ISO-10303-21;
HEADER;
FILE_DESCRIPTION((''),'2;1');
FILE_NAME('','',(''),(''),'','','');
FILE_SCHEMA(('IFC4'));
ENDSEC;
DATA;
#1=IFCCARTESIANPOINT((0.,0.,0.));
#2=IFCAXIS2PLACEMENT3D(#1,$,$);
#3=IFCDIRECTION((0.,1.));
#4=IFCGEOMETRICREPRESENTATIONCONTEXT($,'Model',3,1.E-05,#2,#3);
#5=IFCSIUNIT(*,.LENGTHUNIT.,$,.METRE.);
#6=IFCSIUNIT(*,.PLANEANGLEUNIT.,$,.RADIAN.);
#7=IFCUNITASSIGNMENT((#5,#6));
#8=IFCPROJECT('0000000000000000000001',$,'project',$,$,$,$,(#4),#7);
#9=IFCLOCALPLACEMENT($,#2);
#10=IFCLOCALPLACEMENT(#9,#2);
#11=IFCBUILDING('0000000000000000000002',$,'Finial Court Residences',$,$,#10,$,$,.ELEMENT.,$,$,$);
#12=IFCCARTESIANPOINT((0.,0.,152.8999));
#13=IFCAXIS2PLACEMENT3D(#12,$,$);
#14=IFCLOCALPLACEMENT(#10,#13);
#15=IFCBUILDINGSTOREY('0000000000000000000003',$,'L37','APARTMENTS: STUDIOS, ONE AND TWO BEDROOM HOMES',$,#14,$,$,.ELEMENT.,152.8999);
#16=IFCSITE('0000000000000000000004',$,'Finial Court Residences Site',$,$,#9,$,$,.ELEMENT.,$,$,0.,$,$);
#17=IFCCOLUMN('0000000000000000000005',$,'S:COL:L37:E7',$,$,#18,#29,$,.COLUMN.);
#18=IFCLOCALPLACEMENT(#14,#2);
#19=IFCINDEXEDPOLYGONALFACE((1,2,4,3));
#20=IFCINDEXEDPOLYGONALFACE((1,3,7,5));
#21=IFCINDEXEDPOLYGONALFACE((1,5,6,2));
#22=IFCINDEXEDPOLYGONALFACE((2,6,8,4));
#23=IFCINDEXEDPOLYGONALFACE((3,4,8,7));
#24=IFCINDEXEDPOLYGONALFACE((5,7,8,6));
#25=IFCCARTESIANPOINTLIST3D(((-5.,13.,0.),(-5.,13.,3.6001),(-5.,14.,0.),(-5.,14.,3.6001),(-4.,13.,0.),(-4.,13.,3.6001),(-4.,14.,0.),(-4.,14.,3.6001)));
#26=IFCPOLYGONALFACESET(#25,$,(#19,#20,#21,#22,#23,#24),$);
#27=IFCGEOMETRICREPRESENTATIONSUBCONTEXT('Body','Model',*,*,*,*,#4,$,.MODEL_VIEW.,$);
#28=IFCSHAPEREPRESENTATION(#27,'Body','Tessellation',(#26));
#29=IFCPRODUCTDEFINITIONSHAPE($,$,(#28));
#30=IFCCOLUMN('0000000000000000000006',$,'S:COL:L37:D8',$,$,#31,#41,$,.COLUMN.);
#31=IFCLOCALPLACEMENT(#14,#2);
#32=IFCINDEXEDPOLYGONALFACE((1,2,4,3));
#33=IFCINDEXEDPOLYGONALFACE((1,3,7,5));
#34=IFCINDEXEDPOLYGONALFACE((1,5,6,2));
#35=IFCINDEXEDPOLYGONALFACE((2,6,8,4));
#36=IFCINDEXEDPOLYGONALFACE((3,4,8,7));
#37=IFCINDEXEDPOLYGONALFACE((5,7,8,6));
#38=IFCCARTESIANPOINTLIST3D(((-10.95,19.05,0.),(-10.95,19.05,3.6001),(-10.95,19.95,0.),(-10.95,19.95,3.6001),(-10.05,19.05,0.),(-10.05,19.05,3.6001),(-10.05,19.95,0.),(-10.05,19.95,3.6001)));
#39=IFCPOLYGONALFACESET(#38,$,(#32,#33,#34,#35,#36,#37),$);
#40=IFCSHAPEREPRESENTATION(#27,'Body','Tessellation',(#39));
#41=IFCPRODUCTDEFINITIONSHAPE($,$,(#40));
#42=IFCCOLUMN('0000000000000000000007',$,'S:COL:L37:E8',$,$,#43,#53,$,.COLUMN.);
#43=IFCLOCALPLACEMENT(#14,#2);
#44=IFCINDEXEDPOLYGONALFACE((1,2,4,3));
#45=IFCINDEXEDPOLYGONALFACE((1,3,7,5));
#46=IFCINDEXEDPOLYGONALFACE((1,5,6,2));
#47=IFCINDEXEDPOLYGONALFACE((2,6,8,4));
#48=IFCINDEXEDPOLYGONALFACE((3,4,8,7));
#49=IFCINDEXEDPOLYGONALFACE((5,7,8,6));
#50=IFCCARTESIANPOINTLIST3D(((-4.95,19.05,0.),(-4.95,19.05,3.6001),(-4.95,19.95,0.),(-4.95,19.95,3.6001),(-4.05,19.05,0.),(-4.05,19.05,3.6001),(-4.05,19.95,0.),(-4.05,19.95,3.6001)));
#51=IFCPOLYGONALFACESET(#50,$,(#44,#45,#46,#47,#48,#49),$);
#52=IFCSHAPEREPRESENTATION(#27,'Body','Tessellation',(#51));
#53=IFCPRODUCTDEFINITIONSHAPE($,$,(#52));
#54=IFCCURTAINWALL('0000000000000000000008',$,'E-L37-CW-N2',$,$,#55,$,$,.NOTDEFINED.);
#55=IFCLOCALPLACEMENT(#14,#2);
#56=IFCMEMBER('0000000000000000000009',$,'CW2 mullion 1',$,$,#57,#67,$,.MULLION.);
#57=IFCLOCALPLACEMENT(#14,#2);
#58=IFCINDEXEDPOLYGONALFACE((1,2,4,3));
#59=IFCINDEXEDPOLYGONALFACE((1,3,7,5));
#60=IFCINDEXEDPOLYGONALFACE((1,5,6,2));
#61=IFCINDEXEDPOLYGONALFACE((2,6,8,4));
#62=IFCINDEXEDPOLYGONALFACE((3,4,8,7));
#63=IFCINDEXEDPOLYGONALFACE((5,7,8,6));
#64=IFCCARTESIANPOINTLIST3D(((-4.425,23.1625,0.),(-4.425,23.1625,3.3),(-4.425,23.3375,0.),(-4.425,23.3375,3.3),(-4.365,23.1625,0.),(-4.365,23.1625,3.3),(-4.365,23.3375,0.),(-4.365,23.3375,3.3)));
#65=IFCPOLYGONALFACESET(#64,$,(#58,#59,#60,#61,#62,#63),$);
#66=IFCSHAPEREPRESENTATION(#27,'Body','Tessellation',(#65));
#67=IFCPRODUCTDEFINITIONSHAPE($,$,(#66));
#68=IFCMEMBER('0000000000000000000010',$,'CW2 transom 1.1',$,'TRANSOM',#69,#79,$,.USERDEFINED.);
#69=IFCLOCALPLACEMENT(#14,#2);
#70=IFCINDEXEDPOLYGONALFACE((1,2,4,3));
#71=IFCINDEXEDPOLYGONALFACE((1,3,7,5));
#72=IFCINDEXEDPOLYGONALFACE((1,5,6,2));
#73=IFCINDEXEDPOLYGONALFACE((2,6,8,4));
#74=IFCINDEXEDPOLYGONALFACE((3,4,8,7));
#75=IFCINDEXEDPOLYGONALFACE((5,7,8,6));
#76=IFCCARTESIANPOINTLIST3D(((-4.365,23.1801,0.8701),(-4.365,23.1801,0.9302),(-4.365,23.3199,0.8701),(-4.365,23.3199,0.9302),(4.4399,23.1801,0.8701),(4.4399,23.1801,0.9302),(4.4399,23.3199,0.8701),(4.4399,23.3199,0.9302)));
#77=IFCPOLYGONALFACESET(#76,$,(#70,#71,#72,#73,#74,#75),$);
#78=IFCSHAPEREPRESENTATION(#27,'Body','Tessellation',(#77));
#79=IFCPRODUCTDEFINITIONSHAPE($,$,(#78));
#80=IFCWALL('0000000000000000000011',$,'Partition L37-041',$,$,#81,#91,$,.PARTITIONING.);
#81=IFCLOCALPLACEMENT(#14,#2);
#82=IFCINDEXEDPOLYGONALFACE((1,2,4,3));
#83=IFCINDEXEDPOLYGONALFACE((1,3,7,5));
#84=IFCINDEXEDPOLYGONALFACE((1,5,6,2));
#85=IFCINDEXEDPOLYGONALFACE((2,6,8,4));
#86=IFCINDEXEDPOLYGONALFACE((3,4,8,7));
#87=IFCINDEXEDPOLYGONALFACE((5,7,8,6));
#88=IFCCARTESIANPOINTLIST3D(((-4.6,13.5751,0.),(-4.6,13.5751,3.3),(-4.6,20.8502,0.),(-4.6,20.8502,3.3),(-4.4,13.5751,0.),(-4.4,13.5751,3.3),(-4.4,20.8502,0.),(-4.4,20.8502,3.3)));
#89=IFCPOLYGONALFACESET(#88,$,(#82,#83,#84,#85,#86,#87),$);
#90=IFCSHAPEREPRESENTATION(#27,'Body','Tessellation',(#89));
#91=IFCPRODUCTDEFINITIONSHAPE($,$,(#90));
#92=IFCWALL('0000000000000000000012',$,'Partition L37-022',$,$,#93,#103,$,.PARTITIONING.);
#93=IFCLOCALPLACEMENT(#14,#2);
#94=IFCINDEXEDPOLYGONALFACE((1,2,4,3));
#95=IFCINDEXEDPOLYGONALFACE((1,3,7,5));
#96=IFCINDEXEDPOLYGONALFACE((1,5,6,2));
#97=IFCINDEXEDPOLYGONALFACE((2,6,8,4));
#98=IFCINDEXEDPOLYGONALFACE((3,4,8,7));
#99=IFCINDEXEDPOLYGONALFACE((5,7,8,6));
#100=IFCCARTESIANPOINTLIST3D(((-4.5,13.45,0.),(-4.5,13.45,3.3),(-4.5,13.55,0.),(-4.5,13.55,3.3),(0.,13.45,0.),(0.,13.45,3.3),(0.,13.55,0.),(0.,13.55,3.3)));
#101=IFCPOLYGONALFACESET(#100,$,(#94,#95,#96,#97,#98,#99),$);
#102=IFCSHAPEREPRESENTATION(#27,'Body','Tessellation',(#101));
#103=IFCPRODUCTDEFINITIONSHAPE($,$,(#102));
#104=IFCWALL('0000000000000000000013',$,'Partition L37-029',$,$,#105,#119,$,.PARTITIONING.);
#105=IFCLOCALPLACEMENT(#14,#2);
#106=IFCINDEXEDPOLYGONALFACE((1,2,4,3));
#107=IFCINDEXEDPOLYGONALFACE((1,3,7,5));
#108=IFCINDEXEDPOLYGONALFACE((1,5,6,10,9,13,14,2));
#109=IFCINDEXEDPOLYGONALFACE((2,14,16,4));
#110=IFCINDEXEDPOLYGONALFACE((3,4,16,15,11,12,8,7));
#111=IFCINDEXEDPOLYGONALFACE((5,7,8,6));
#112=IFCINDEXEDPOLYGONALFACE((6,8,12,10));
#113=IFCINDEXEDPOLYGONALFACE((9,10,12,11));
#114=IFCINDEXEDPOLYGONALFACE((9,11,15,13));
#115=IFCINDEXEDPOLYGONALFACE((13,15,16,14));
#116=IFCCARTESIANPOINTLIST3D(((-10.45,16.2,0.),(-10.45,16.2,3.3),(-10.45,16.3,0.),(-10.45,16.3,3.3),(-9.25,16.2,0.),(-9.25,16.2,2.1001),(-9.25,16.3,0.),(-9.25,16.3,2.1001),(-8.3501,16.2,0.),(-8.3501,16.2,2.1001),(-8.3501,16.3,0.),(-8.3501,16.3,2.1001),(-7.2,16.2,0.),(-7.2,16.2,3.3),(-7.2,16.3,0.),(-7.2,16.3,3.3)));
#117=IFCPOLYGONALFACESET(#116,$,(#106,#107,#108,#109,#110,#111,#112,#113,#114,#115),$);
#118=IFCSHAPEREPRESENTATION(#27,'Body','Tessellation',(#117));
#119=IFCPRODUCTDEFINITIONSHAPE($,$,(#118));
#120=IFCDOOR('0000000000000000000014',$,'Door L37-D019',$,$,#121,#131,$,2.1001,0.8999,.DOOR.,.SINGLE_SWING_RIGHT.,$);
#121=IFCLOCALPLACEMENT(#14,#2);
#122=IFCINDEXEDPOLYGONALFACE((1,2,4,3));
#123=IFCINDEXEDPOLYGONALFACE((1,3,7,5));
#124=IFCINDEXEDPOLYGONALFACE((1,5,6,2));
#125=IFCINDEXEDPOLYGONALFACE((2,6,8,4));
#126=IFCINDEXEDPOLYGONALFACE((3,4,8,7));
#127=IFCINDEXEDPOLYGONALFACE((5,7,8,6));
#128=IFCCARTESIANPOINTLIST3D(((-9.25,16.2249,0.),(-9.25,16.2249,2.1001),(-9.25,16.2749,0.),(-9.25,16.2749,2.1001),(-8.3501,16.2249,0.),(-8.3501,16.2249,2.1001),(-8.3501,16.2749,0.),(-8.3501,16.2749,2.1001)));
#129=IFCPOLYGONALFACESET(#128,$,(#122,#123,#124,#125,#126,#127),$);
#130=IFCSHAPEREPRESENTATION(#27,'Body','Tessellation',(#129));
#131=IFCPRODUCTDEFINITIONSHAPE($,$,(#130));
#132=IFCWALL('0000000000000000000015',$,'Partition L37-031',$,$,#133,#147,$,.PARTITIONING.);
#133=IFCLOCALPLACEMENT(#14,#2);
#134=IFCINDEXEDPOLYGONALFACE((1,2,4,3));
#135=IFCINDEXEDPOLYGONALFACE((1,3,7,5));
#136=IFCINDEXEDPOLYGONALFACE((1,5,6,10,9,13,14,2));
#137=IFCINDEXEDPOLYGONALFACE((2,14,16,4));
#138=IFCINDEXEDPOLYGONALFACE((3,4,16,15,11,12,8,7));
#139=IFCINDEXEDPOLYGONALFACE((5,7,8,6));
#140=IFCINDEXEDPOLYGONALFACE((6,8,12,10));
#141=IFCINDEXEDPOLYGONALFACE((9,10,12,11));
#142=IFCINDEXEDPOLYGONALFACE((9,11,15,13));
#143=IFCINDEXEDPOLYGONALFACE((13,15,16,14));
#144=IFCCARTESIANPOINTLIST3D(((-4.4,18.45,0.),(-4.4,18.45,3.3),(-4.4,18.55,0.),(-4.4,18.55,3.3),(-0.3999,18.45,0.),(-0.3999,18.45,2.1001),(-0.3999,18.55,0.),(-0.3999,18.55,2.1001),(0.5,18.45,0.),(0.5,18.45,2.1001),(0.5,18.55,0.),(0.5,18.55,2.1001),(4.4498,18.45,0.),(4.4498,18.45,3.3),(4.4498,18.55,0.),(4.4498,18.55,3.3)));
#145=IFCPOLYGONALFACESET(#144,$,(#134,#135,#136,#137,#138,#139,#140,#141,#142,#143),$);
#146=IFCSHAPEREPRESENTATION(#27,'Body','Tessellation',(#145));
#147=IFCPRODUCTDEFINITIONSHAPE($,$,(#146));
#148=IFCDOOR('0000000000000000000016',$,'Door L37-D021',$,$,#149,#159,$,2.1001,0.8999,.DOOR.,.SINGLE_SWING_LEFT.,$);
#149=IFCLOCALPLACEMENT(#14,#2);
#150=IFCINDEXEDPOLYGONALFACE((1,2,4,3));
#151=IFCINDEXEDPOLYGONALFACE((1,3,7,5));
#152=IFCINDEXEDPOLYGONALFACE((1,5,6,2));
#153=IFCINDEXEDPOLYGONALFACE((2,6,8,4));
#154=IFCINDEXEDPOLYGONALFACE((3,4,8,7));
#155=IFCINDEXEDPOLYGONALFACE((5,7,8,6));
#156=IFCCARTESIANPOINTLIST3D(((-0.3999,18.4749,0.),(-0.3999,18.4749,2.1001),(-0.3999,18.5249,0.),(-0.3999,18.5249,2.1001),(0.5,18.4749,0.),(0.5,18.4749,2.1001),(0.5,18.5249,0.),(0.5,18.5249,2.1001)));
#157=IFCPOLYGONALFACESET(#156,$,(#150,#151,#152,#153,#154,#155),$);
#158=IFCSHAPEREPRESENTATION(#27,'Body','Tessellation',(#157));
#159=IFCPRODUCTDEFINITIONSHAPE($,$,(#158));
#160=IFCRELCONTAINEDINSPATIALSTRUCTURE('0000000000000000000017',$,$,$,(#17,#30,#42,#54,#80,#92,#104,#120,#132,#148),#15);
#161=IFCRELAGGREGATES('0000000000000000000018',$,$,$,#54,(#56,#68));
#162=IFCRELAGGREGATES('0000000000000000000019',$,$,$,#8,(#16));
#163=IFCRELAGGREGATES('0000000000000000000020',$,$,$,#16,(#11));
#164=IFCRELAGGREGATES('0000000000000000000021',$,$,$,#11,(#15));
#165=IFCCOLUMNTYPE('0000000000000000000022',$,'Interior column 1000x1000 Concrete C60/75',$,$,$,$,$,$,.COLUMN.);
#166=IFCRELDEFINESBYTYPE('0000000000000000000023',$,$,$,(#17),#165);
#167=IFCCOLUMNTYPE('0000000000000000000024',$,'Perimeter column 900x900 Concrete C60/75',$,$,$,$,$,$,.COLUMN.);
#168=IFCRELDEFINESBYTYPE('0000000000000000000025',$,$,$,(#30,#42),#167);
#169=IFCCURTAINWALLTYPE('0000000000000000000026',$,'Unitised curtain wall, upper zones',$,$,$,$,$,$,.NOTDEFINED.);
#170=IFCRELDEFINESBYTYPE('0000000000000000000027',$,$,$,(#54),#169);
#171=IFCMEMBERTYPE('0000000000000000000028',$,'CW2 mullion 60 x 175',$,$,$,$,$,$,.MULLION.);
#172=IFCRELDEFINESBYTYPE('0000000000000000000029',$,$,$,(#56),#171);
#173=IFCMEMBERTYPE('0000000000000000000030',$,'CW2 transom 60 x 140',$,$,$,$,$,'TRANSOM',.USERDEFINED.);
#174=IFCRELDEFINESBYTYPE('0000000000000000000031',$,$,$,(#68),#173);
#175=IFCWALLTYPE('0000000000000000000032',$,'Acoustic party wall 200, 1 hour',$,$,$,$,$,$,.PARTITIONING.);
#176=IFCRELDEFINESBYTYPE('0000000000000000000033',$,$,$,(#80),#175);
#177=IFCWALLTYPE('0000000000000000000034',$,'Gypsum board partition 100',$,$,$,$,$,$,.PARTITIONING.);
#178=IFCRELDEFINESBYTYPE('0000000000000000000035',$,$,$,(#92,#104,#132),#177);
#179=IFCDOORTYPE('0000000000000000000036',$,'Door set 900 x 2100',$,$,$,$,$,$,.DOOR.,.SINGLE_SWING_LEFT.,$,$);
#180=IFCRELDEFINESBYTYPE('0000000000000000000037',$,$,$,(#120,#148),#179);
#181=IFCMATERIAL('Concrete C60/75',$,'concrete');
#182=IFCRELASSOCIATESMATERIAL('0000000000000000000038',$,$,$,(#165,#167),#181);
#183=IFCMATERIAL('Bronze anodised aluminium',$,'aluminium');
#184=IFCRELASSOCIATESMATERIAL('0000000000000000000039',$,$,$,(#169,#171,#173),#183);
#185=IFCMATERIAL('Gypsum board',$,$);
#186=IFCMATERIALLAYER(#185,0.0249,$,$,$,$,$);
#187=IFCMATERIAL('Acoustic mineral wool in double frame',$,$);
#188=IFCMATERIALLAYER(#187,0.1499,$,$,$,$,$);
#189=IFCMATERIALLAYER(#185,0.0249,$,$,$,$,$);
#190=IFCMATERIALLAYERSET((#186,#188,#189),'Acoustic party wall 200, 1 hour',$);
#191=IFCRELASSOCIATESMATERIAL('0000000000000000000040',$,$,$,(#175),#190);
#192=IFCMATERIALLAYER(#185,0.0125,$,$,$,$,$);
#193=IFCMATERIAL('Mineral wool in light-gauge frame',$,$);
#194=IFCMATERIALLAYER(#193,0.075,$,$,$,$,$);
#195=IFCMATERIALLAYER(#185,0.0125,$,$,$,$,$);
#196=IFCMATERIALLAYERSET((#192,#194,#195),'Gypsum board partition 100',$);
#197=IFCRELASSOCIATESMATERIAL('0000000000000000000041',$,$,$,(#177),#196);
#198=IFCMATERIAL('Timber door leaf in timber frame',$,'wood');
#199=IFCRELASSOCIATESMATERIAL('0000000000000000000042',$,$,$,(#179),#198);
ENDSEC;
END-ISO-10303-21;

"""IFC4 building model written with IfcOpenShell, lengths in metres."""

from ifc_helpers import new_model, si_unit, direction, frame, frame_2d, origin, origin_2d, place, context, subcontext, project, spatial, rectangle, extrude, material, layer, layer_set, material_profile, profile_set, type_object, element, fill, aggregate, save


model = new_model("IFC4")

# Units and contexts
model_context = context("Model", 3, precision=1e-05, world=origin(), true_north=direction((0.0, 1.0)))
body_context = subcontext(model_context, "Body", "Model", "MODEL_VIEW")
ifc_project = project(units=[si_unit("LENGTHUNIT", "METRE"), si_unit("PLANEANGLEUNIT", "RADIAN")], contexts=[model_context])

# Site, building, storey
site_placement = place(None, origin())
site = spatial("IfcSite", under=ifc_project, at=site_placement, Name="Finial Court Residences Site", CompositionType="ELEMENT", RefElevation=0.0)
building_placement = place(site_placement, origin())
building = spatial("IfcBuilding", under=site, at=building_placement, Name="Finial Court Residences", CompositionType="ELEMENT")
storey_placement = place(building_placement, frame((0.0, 0.0, 152.8999)))
storey = spatial("IfcBuildingStorey", under=building, at=storey_placement, Name="L37", Description="APARTMENTS: STUDIOS, ONE AND TWO BEDROOM HOMES", CompositionType="ELEMENT", Elevation=152.8999)

# Columns
ifc_material_1 = material(Name="Concrete C60/75", Category="concrete")
ifc_material_profile_1 = material_profile(ifc_material_1, rectangle(XDim=1.0, YDim=1.0, at=origin_2d()), Name="1000x1000")
ifc_profile_set_1 = profile_set([ifc_material_profile_1], Name="Concrete C60/75")
column_type_1 = type_object("IfcColumnType", Name="Interior column 1000x1000 Concrete C60/75", PredefinedType="COLUMN", material=ifc_profile_set_1)
column_placement = place(storey_placement, frame((-4.5, 13.5, 0.0), z_axis=(0.0, 0.0, 1.0), x_axis=(1.0, 0.0, 0.0)))
element("IfcColumn", 1, at=column_placement, inside=storey, type_object=column_type_1, Name="S:COL:L37:E7", PredefinedType="COLUMN", context=body_context, shape_type="SweptSolid", body=[
    extrude(rectangle(XDim=1.0, YDim=1.0, at=origin_2d()), origin(), (0.0, 0.0, 1.0), 3.6001),
])
ifc_material_profile_2 = material_profile(ifc_material_1, rectangle(XDim=0.8999, YDim=0.8999, at=origin_2d()), Name="900x900")
ifc_profile_set_2 = profile_set([ifc_material_profile_2], Name="Concrete C60/75")
column_type_2 = type_object("IfcColumnType", Name="Perimeter column 900x900 Concrete C60/75", PredefinedType="COLUMN", material=ifc_profile_set_2)
for number, where, z_axis, x_axis, name in (
    (2, (-10.5, 19.5, 0.0), (0.0, 0.0, 1.0), (1.0, 0.0, 0.0), "S:COL:L37:D8"),
    (3, (-4.5, 19.5, 0.0), (0.0, 0.0, 1.0), (1.0, 0.0, 0.0), "S:COL:L37:E8"),
):
    element("IfcColumn", number, at=place(storey_placement, frame(where, z_axis=z_axis, x_axis=x_axis)), inside=storey, type_object=column_type_2, Name=name, PredefinedType="COLUMN", context=body_context, shape_type="SweptSolid", body=[
        extrude(rectangle(XDim=0.8999, YDim=0.8999, at=origin_2d()), origin(), (0.0, 0.0, 1.0), 3.6001),
    ])

# Curtain wall, members
ifc_material_2 = material(Name="Bronze anodised aluminium", Category="aluminium")
curtain_wall_type = type_object("IfcCurtainWallType", Name="Unitised curtain wall, upper zones", PredefinedType="NOTDEFINED", material=ifc_material_2)
curtain_wall_placement = place(storey_placement, origin())
curtain_wall = element("IfcCurtainWall", 4, at=curtain_wall_placement, inside=storey, type_object=curtain_wall_type, Name="E-L37-CW-N2", PredefinedType="NOTDEFINED")
ifc_material_profile_3 = material_profile(ifc_material_2, rectangle(XDim=0.175, YDim=0.0601, at=origin_2d()), Name="CW2 mullion 60 x 175")
ifc_profile_set_3 = profile_set([ifc_material_profile_3], Name="Bronze anodised aluminium")
member_type_1 = type_object("IfcMemberType", Name="CW2 mullion 60 x 175", PredefinedType="MULLION", material=ifc_profile_set_3)
member_1_placement = place(storey_placement, frame((-4.395, 23.25, 0.0), z_axis=(0.0, 0.0, 1.0), x_axis=(0.0, 1.0, 0.0)))
member_1 = element("IfcMember", 5, at=member_1_placement, type_object=member_type_1, Name="CW2 mullion 1", PredefinedType="MULLION", context=body_context, shape_type="SweptSolid", body=[
    extrude(rectangle(XDim=0.175, YDim=0.0601, at=origin_2d()), origin(), (0.0, 0.0, 1.0), 3.3),
])
ifc_material_profile_4 = material_profile(ifc_material_2, rectangle(XDim=0.1399, YDim=0.0601, at=origin_2d()), Name="CW2 transom 60 x 140")
ifc_profile_set_4 = profile_set([ifc_material_profile_4], Name="Bronze anodised aluminium")
member_type_2 = type_object("IfcMemberType", Name="CW2 transom 60 x 140", ElementType="TRANSOM", PredefinedType="USERDEFINED", material=ifc_profile_set_4)
member_2_placement = place(storey_placement, frame((-4.365, 23.25, 0.9001), z_axis=(1.0, 0.0, 0.0), x_axis=(0.0, 1.0, 0.0)))
member_2 = element("IfcMember", 6, at=member_2_placement, type_object=member_type_2, Name="CW2 transom 1.1", ObjectType="TRANSOM", PredefinedType="USERDEFINED", context=body_context, shape_type="SweptSolid", body=[
    extrude(rectangle(XDim=0.1399, YDim=0.0601, at=origin_2d()), origin(), (0.0, 0.0, 1.0), 8.8049),
])
aggregate(curtain_wall, [member_1, member_2])

# Walls
ifc_material_3 = material(Name="Gypsum board")
ifc_layer_1 = layer(ifc_material_3, 0.0249)
ifc_material_4 = material(Name="Acoustic mineral wool in double frame")
ifc_layer_2 = layer(ifc_material_4, 0.1499)
ifc_layer_3 = layer(ifc_material_3, 0.0249)
ifc_layer_set_1 = layer_set([ifc_layer_1, ifc_layer_2, ifc_layer_3], Name="Acoustic party wall 200, 1 hour")
wall_type_1 = type_object("IfcWallType", Name="Acoustic party wall 200, 1 hour", PredefinedType="PARTITIONING", material=ifc_layer_set_1)
wall_1_placement = place(storey_placement, frame((-4.5, 13.575, 0.0), z_axis=(0.0, 0.0, 1.0), x_axis=(0.0, 1.0, 0.0)))
element("IfcWall", 7, at=wall_1_placement, inside=storey, type_object=wall_type_1, Name="Partition L37-041", PredefinedType="PARTITIONING", context=body_context, shape_type="SweptSolid", body=[
    extrude(rectangle(XDim=7.2751, YDim=0.2, at=frame_2d((3.6377, 0.0))), origin(), (0.0, 0.0, 1.0), 3.3),
])
ifc_layer_4 = layer(ifc_material_3, 0.0125)
ifc_material_5 = material(Name="Mineral wool in light-gauge frame")
ifc_layer_5 = layer(ifc_material_5, 0.075)
ifc_layer_6 = layer(ifc_material_3, 0.0125)
ifc_layer_set_2 = layer_set([ifc_layer_4, ifc_layer_5, ifc_layer_6], Name="Gypsum board partition 100")
wall_type_2 = type_object("IfcWallType", Name="Gypsum board partition 100", PredefinedType="PARTITIONING", material=ifc_layer_set_2)
wall_2_placement = place(storey_placement, frame((-4.5, 13.5, 0.0), z_axis=(0.0, 0.0, 1.0), x_axis=(1.0, 0.0, 0.0)))
element("IfcWall", 8, at=wall_2_placement, inside=storey, type_object=wall_type_2, Name="Partition L37-022", PredefinedType="PARTITIONING", context=body_context, shape_type="SweptSolid", body=[
    extrude(rectangle(XDim=4.5, YDim=0.1001, at=frame_2d((2.25, 0.0))), origin(), (0.0, 0.0, 1.0), 3.3),
])

# Walls, openings, doors
wall_3_placement = place(storey_placement, frame((-10.45, 16.25, 0.0), z_axis=(0.0, 0.0, 1.0), x_axis=(1.0, 0.0, 0.0)))
wall_3 = element("IfcWall", 9, at=wall_3_placement, inside=storey, type_object=wall_type_2, Name="Partition L37-029", PredefinedType="PARTITIONING", context=body_context, shape_type="SweptSolid", body=[
    extrude(rectangle(XDim=3.25, YDim=0.1001, at=frame_2d((1.625, 0.0))), origin(), (0.0, 0.0, 1.0), 3.3),
])
opening_1_placement = place(wall_3_placement, frame((1.2, 0.0, 0.0)))
opening_1 = element("IfcOpeningElement", 10, at=opening_1_placement, cuts=wall_3, PredefinedType="OPENING", context=body_context, shape_type="SweptSolid", body=[
    extrude(rectangle(XDim=0.8999, YDim=2.1001, at=frame_2d((0.45, 1.05))), frame((0.0, 0.0601, 0.0), z_axis=(0.0, -1.0, 0.0), x_axis=(1.0, 0.0, 0.0)), (0.0, 0.0, 1.0), 0.1201),
])
ifc_material_6 = material(Name="Timber door leaf in timber frame", Category="wood")
door_type_1 = type_object("IfcDoorType", Name="Door set 900 x 2100", OperationType="SINGLE_SWING_LEFT", PredefinedType="DOOR", material=ifc_material_6)
door_1_placement = place(opening_1_placement, origin())
door_1 = element("IfcDoor", 11, at=door_1_placement, inside=storey, type_object=door_type_1, Name="Door L37-D019", OperationType="SINGLE_SWING_RIGHT", OverallHeight=2.1001, OverallWidth=0.8999, PredefinedType="DOOR", context=body_context, shape_type="SweptSolid", body=[
    extrude(rectangle(XDim=0.8999, YDim=2.1001, at=frame_2d((0.45, 1.05))), frame((0.0, 0.0249, 0.0), z_axis=(0.0, -1.0, 0.0), x_axis=(1.0, 0.0, 0.0)), (0.0, 0.0, 1.0), 0.05),
])
fill(opening_1, door_1)
wall_4_placement = place(storey_placement, frame((-4.3999, 18.5, 0.0), z_axis=(0.0, 0.0, 1.0), x_axis=(1.0, 0.0, 0.0)))
wall_4 = element("IfcWall", 12, at=wall_4_placement, inside=storey, type_object=wall_type_2, Name="Partition L37-031", PredefinedType="PARTITIONING", context=body_context, shape_type="SweptSolid", body=[
    extrude(rectangle(XDim=8.8499, YDim=0.1001, at=frame_2d((4.4248, 0.0))), origin(), (0.0, 0.0, 1.0), 3.3),
])
opening_2_placement = place(wall_4_placement, frame((4.0, 0.0, 0.0)))
opening_2 = element("IfcOpeningElement", 13, at=opening_2_placement, cuts=wall_4, PredefinedType="OPENING", context=body_context, shape_type="SweptSolid", body=[
    extrude(rectangle(XDim=0.8999, YDim=2.1001, at=frame_2d((0.45, 1.05))), frame((0.0, 0.0601, 0.0), z_axis=(0.0, -1.0, 0.0), x_axis=(1.0, 0.0, 0.0)), (0.0, 0.0, 1.0), 0.1201),
])
door_2_placement = place(opening_2_placement, origin())
door_2 = element("IfcDoor", 14, at=door_2_placement, inside=storey, type_object=door_type_1, Name="Door L37-D021", OperationType="SINGLE_SWING_LEFT", OverallHeight=2.1001, OverallWidth=0.8999, PredefinedType="DOOR", context=body_context, shape_type="SweptSolid", body=[
    extrude(rectangle(XDim=0.8999, YDim=2.1001, at=frame_2d((0.45, 1.05))), frame((0.0, 0.0249, 0.0), z_axis=(0.0, -1.0, 0.0), x_axis=(1.0, 0.0, 0.0)), (0.0, 0.0, 1.0), 0.05),
])
fill(opening_2, door_2)

save(model, "model.ifc")
